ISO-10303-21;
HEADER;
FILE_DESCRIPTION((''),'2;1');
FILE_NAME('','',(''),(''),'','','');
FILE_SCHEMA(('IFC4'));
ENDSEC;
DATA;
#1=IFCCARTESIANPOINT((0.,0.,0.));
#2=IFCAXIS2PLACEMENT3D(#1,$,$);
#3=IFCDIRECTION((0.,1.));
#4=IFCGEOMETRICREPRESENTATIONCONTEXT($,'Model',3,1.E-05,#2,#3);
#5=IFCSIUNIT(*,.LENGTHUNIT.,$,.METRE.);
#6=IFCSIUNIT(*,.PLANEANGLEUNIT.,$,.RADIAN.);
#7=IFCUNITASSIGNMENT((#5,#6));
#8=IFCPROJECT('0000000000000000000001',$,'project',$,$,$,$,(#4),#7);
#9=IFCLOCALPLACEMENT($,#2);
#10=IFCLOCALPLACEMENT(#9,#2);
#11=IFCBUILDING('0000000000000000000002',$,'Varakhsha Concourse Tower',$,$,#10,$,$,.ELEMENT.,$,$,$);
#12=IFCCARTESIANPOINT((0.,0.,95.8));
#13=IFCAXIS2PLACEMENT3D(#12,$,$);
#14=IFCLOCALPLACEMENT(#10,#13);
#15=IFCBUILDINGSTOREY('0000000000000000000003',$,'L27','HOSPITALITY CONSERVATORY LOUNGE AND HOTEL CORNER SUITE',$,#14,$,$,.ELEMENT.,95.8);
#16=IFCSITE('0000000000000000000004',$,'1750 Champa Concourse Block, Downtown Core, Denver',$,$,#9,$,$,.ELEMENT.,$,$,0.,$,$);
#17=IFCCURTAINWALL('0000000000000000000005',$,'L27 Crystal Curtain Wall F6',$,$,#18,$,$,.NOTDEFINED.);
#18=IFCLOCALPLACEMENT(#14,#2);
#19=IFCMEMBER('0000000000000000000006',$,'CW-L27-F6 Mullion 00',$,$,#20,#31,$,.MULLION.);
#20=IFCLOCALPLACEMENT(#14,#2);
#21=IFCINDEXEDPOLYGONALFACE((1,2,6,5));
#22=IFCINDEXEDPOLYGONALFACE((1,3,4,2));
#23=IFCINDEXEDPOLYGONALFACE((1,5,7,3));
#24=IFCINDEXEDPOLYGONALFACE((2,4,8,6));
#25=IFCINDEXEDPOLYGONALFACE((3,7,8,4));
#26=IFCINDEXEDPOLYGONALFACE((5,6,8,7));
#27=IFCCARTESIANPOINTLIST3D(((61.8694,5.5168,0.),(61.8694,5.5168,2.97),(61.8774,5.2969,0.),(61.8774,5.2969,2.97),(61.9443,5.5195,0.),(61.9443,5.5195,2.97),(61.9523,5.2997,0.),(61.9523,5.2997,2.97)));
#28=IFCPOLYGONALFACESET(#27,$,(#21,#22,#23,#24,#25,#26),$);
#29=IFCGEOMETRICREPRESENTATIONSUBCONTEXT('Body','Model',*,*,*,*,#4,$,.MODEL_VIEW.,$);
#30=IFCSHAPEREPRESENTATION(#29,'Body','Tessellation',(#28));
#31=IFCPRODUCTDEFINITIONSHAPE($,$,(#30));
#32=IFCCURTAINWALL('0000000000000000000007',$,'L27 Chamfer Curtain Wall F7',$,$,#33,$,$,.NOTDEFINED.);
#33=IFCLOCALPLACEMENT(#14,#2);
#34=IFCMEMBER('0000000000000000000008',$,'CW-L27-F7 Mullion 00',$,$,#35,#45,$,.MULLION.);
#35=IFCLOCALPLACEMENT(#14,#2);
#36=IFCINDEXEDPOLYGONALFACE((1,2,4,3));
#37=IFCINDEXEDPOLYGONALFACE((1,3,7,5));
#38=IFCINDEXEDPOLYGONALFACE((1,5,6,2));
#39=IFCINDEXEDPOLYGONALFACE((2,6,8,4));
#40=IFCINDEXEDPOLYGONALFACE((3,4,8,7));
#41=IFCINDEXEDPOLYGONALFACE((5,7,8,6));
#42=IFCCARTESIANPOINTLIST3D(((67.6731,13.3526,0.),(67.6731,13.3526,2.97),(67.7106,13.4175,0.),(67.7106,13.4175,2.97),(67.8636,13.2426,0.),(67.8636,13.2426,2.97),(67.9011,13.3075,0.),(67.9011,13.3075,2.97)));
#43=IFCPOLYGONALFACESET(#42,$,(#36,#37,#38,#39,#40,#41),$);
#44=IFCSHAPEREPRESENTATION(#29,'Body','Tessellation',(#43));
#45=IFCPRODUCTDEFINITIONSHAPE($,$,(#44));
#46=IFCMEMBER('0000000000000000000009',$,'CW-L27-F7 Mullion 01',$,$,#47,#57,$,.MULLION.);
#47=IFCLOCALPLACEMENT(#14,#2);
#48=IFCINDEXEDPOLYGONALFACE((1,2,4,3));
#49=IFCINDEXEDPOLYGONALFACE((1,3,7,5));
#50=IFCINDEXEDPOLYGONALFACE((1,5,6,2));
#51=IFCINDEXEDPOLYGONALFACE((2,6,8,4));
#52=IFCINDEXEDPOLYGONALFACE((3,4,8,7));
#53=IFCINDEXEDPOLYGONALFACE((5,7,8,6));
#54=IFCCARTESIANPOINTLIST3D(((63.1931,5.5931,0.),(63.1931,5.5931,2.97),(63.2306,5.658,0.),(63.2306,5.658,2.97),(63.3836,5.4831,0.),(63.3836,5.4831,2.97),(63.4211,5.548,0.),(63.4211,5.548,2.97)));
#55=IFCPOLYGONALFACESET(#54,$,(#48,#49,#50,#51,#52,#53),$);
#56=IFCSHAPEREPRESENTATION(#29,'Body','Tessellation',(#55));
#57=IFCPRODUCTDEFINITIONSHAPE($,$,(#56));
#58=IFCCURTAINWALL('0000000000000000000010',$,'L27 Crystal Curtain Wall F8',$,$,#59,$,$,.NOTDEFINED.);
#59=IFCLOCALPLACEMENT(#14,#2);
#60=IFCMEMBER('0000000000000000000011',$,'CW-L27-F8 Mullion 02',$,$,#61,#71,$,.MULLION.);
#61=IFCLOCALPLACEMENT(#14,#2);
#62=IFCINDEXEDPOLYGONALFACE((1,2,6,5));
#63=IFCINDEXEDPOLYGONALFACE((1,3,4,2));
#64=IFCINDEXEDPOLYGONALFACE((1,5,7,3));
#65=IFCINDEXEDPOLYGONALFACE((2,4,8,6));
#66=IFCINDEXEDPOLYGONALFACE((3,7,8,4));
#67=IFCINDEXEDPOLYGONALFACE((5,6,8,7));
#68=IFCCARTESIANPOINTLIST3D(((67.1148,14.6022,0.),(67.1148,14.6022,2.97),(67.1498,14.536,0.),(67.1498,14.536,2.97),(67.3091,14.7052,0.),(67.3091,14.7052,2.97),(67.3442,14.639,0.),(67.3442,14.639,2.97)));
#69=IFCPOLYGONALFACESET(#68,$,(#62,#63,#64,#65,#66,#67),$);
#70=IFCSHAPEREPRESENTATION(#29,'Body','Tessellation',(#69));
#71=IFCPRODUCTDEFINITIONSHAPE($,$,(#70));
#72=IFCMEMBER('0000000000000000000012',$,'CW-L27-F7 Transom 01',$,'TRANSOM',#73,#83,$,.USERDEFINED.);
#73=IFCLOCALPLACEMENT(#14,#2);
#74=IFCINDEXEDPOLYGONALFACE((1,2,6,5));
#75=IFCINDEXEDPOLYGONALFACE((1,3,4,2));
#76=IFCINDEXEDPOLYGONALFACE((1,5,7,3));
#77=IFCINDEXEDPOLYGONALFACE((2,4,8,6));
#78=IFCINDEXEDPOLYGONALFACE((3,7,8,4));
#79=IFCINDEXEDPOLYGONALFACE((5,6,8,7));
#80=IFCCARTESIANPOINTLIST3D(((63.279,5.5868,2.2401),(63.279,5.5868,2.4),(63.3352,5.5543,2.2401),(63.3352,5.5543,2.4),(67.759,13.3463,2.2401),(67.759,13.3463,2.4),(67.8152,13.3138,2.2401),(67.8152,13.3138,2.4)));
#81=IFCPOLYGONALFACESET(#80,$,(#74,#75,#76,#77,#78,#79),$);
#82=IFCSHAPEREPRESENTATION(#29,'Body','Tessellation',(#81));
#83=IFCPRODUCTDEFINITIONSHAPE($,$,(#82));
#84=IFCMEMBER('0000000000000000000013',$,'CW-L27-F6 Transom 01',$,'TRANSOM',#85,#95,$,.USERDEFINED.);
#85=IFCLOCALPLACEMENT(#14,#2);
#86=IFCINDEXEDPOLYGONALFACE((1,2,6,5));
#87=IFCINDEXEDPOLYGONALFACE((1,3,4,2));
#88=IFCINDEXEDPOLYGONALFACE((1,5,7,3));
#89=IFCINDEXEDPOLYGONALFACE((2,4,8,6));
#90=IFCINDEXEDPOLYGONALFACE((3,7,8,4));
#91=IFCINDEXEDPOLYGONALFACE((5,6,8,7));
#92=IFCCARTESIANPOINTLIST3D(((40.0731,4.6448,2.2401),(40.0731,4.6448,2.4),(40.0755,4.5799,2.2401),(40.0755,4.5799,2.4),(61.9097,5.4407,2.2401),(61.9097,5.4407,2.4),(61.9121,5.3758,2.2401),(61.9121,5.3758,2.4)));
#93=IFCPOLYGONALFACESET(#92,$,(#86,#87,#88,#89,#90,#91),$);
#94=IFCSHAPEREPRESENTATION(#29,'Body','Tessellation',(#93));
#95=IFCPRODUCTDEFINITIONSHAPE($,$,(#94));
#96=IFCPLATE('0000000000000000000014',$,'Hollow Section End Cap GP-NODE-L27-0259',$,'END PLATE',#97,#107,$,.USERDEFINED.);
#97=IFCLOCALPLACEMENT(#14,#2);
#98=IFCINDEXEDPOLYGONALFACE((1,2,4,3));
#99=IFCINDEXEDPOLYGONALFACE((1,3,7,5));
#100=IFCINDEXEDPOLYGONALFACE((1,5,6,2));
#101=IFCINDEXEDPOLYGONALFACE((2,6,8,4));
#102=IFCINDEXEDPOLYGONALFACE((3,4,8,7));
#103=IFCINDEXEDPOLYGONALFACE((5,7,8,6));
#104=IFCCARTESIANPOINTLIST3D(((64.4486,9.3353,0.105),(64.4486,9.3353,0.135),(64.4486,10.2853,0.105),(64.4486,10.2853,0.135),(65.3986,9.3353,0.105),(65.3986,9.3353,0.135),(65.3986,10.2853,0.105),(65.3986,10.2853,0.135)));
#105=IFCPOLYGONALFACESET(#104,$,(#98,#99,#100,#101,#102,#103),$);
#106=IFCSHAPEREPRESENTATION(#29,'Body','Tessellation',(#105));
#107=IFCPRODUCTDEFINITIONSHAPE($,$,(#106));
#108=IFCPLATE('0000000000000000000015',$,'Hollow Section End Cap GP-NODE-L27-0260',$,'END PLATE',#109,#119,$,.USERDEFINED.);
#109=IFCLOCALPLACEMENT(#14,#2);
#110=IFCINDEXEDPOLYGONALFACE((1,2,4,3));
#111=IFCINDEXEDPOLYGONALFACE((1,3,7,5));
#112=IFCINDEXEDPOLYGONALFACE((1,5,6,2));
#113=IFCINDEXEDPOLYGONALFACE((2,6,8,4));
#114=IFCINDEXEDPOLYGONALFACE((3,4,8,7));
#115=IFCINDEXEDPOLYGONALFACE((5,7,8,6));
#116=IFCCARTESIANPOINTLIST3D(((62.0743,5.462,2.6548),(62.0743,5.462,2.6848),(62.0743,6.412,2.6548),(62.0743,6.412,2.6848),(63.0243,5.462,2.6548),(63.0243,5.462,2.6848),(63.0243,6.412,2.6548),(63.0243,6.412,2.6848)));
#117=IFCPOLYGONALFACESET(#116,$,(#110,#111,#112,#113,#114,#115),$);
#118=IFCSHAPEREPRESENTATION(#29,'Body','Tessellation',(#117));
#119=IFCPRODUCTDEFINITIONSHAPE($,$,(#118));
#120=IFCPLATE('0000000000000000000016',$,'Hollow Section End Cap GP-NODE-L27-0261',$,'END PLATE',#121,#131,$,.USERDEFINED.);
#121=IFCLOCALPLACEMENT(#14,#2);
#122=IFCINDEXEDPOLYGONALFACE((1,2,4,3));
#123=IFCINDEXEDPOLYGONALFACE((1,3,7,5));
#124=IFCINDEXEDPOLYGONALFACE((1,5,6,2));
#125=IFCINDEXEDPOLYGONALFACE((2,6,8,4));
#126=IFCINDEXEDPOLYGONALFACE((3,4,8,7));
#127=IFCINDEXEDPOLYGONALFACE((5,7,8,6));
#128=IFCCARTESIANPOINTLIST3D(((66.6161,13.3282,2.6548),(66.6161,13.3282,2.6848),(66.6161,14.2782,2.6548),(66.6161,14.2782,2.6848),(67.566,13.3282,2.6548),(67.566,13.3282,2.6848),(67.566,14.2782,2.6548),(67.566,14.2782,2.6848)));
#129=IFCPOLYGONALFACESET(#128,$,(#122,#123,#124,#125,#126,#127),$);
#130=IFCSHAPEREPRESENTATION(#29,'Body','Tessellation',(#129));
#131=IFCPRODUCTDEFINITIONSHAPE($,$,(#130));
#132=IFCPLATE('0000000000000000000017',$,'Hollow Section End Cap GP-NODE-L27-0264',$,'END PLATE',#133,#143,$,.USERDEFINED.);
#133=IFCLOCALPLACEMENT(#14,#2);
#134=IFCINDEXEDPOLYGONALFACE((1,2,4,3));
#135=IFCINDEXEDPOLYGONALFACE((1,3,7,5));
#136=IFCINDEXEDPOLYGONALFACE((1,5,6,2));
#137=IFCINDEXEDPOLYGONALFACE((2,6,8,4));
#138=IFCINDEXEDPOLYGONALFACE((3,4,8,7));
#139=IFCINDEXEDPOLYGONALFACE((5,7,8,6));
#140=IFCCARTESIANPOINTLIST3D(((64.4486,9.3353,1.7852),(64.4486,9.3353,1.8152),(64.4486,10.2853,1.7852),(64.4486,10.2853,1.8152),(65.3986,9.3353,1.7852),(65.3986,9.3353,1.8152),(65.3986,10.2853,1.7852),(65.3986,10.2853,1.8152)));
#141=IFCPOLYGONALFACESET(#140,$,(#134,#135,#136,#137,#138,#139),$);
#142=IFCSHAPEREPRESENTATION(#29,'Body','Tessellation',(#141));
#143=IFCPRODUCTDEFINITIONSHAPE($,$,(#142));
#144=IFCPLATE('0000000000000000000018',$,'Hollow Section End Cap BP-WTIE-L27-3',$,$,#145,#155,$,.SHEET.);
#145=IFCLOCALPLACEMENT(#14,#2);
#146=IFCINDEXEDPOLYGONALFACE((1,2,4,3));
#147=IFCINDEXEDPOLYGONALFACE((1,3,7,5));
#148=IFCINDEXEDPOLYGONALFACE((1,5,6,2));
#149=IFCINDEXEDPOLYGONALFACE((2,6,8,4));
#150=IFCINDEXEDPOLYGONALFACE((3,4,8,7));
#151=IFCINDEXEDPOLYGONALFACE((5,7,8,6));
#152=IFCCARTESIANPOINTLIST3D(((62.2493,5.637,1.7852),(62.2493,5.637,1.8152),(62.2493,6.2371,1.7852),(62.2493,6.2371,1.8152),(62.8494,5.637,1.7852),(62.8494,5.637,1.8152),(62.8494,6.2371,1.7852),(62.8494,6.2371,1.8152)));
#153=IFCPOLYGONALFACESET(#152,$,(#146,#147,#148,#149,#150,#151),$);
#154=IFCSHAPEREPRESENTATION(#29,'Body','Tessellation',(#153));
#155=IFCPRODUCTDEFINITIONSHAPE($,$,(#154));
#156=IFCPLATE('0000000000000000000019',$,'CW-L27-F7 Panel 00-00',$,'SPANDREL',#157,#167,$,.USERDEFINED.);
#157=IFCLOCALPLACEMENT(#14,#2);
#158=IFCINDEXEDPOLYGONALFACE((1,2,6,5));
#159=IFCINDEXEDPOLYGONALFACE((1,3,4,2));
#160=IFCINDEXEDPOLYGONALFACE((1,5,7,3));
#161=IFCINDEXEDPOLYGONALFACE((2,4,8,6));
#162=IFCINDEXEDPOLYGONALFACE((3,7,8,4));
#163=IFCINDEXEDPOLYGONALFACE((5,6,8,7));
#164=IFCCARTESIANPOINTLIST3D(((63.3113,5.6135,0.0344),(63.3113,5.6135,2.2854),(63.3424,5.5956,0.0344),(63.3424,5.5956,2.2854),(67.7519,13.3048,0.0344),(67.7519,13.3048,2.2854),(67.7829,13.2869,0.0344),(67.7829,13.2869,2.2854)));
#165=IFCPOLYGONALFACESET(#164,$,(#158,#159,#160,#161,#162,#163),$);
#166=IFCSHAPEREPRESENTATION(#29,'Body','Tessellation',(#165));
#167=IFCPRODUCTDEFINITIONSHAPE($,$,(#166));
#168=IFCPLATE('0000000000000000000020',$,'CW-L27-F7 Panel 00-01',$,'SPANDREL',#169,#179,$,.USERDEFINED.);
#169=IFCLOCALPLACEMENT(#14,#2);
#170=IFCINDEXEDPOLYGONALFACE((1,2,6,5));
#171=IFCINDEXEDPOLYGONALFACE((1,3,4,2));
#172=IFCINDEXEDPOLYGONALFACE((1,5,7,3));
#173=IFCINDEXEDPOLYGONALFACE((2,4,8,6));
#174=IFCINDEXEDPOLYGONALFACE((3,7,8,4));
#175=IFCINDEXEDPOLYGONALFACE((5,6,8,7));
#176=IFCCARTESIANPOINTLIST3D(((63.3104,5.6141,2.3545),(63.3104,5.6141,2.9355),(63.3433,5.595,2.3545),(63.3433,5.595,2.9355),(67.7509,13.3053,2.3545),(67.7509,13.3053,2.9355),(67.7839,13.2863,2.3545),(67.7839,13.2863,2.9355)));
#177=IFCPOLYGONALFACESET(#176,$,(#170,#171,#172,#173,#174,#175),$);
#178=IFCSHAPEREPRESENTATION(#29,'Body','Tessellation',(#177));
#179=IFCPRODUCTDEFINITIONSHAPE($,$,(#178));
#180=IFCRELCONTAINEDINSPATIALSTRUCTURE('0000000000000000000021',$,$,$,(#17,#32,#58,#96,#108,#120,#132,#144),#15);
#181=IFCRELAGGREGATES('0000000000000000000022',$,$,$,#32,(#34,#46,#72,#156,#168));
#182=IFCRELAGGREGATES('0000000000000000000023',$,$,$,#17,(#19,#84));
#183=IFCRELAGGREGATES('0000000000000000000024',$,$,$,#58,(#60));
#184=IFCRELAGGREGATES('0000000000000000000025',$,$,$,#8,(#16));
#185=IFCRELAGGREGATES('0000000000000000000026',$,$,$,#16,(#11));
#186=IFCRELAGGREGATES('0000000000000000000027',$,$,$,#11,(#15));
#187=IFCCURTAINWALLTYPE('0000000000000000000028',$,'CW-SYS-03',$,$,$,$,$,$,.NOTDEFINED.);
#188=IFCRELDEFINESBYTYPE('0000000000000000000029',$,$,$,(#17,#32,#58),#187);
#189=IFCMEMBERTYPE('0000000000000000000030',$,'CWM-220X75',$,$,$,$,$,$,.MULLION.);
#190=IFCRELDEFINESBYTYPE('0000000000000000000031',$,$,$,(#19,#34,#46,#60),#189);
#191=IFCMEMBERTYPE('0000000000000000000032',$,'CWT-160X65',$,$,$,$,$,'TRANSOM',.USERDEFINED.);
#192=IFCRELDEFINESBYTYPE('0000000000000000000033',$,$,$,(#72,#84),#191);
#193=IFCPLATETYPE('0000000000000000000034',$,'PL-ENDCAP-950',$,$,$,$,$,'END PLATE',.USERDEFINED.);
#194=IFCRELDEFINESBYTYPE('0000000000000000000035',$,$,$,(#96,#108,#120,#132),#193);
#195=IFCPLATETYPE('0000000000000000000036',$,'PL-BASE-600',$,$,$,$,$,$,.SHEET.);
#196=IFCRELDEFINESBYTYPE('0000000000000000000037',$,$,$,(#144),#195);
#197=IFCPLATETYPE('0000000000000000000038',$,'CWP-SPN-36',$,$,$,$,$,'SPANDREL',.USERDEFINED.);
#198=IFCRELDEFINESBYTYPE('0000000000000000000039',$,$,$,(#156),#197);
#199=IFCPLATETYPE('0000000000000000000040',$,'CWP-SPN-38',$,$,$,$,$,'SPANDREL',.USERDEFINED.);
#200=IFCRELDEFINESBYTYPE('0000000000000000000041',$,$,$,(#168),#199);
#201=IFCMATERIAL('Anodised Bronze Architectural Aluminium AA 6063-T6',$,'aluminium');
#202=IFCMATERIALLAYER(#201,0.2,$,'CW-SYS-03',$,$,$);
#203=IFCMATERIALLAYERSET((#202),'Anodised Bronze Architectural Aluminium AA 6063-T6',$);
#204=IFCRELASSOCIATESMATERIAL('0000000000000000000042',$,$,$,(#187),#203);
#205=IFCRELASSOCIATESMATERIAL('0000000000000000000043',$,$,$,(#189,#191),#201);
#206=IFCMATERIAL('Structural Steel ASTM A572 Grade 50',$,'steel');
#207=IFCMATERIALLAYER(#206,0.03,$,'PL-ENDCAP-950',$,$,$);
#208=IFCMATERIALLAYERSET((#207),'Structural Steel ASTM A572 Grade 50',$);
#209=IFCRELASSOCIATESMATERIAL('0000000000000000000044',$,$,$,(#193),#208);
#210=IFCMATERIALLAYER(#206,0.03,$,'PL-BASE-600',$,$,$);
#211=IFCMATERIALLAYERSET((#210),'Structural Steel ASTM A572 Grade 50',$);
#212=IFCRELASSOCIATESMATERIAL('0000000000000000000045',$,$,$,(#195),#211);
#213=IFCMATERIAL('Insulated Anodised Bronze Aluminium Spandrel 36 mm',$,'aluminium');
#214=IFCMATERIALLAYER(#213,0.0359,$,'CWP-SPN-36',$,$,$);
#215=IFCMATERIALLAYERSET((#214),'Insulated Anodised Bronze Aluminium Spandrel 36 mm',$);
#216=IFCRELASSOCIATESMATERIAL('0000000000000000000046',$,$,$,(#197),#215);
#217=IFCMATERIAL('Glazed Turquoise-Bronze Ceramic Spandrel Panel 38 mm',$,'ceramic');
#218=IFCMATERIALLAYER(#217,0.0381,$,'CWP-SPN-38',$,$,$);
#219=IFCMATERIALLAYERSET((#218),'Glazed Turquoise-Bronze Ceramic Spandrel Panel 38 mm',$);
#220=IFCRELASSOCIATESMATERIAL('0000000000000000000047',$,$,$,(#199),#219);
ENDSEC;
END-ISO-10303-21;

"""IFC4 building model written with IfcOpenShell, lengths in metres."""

from ifc_helpers import new_model, si_unit, direction, frame, origin, origin_2d, place, context, subcontext, project, spatial, rectangle, extrude, source, transform, mapped, material, layer, layer_set, material_profile, profile_set, type_object, type_shapes, element, aggregate, save


model = new_model("IFC4")

# Units and contexts
model_context = context("Model", 3, precision=1e-05, world=origin(), true_north=direction((0.0, 1.0)))
body_context = subcontext(model_context, "Body", "Model", "MODEL_VIEW")
ifc_project = project(units=[si_unit("LENGTHUNIT", "METRE"), si_unit("PLANEANGLEUNIT", "RADIAN")], contexts=[model_context])

# Site, building, storey
site_placement = place(None, origin())
site = spatial("IfcSite", under=ifc_project, at=site_placement, Name="1750 Champa Concourse Block, Downtown Core, Denver", CompositionType="ELEMENT", RefElevation=0.0)
building_placement = place(site_placement, origin())
building = spatial("IfcBuilding", under=site, at=building_placement, Name="Varakhsha Concourse Tower", CompositionType="ELEMENT")
storey_placement = place(building_placement, frame((0.0, 0.0, 95.8)))
storey = spatial("IfcBuildingStorey", under=building, at=storey_placement, Name="L27", Description="HOSPITALITY CONSERVATORY LOUNGE AND HOTEL CORNER SUITE", CompositionType="ELEMENT", Elevation=95.8)

# Shared definitions
ifc_material_1 = material(Name="Structural Steel ASTM A572 Grade 50", Category="steel")

# Curtain wall, member
ifc_material_2 = material(Name="Anodised Bronze Architectural Aluminium AA 6063-T6", Category="aluminium")
ifc_layer_1 = layer(ifc_material_2, 0.2, Name="CW-SYS-03")
ifc_layer_set_1 = layer_set([ifc_layer_1], Name="Anodised Bronze Architectural Aluminium AA 6063-T6")
curtain_wall_type = type_object("IfcCurtainWallType", Name="CW-SYS-03", PredefinedType="NOTDEFINED", material=ifc_layer_set_1)
curtain_wall_1_placement = place(storey_placement, origin())
curtain_wall_1 = element("IfcCurtainWall", 1, at=curtain_wall_1_placement, inside=storey, type_object=curtain_wall_type, Name="L27 Crystal Curtain Wall F6", PredefinedType="NOTDEFINED")
ifc_material_profile_1 = material_profile(ifc_material_2, rectangle(XDim=0.075, YDim=0.22, at=origin_2d()), Name="CWM-220X75")
ifc_profile_set_1 = profile_set([ifc_material_profile_1], Name="Anodised Bronze Architectural Aluminium AA 6063-T6")
member_type_1 = type_object("IfcMemberType", Name="CWM-220X75", PredefinedType="MULLION", material=ifc_profile_set_1)
shared_shape_1 = source(origin(), body_context, "Body", "SweptSolid", [
    extrude(rectangle(XDim=0.075, YDim=0.22, at=origin_2d()), origin(), (0.0, 0.0, 1.0), 2.97),
])
type_shapes(member_type_1, [shared_shape_1])
member_1_placement = place(storey_placement, frame((61.9109, 5.4082, 0.0), z_axis=(0.0, 0.0, 1.0), x_axis=(-0.999336, -0.036424, 0.0)))
member_1 = element("IfcMember", 2, at=member_1_placement, type_object=member_type_1, Name="CW-L27-F6 Mullion 00", PredefinedType="MULLION", context=body_context, shape_type="MappedRepresentation", body=[
    mapped(shared_shape_1, transform((0.0, 0.0, 0.0), scale=1.0)),
])

# Curtain wall, members
curtain_wall_2_placement = place(storey_placement, origin())
curtain_wall_2 = element("IfcCurtainWall", 3, at=curtain_wall_2_placement, inside=storey, type_object=curtain_wall_type, Name="L27 Chamfer Curtain Wall F7", PredefinedType="NOTDEFINED")
member_2_placement = place(storey_placement, frame((67.7871, 13.3301, 0.0), z_axis=(0.0, 0.0, 1.0), x_axis=(-0.5, -0.866025, 0.0)))
member_2 = element("IfcMember", 4, at=member_2_placement, type_object=member_type_1, Name="CW-L27-F7 Mullion 00", PredefinedType="MULLION", context=body_context, shape_type="MappedRepresentation", body=[
    mapped(shared_shape_1, transform((0.0, 0.0, 0.0), scale=1.0)),
])
member_3_placement = place(storey_placement, frame((63.3071, 5.5706, 0.0), z_axis=(0.0, 0.0, 1.0), x_axis=(-0.5, -0.866025, 0.0)))
member_3 = element("IfcMember", 5, at=member_3_placement, type_object=member_type_1, Name="CW-L27-F7 Mullion 01", PredefinedType="MULLION", context=body_context, shape_type="MappedRepresentation", body=[
    mapped(shared_shape_1, transform((0.0, 0.0, 0.0), scale=1.0)),
])

# Curtain wall, member
curtain_wall_3_placement = place(storey_placement, origin())
curtain_wall_3 = element("IfcCurtainWall", 6, at=curtain_wall_3_placement, inside=storey, type_object=curtain_wall_type, Name="L27 Crystal Curtain Wall F8", PredefinedType="NOTDEFINED")
member_4_placement = place(storey_placement, frame((67.2295, 14.6206, 0.0), z_axis=(0.0, 0.0, 1.0), x_axis=(0.468124, -0.883663, 0.0)))
member_4 = element("IfcMember", 7, at=member_4_placement, type_object=member_type_1, Name="CW-L27-F8 Mullion 02", PredefinedType="MULLION", context=body_context, shape_type="MappedRepresentation", body=[
    mapped(shared_shape_1, transform((0.0, 0.0, 0.0), scale=1.0)),
])

# Members
ifc_material_profile_2 = material_profile(ifc_material_2, rectangle(XDim=0.0649, YDim=0.1599, at=origin_2d()), Name="CWT-160X65")
ifc_profile_set_2 = profile_set([ifc_material_profile_2], Name="Anodised Bronze Architectural Aluminium AA 6063-T6")
member_type_2 = type_object("IfcMemberType", Name="CWT-160X65", ElementType="TRANSOM", PredefinedType="USERDEFINED", material=ifc_profile_set_2)
shared_shape_2 = source(origin(), body_context, "Body", "SweptSolid", [
    extrude(rectangle(XDim=0.0649, YDim=0.1599, at=origin_2d()), origin(), (0.0, 0.0, 1.0), 8.96),
])
member_5_placement = place(storey_placement, frame((67.7871, 13.3301, 2.3201), z_axis=(-0.500002, -0.866025, 0.0), x_axis=(0.866025, -0.500002, 0.0)))
member_5 = element("IfcMember", 8, at=member_5_placement, type_object=member_type_2, Name="CW-L27-F7 Transom 01", ObjectType="TRANSOM", PredefinedType="USERDEFINED", context=body_context, shape_type="MappedRepresentation", body=[
    mapped(shared_shape_2, transform((0.0, 0.0, 0.0), scale=1.0)),
])
shared_shape_3 = source(origin(), body_context, "Body", "SweptSolid", [
    extrude(rectangle(XDim=0.0649, YDim=0.1599, at=origin_2d()), origin(), (0.0, 0.0, 1.0), 21.8511),
])
type_shapes(member_type_2, [shared_shape_2, shared_shape_3])
member_6_placement = place(storey_placement, frame((61.9109, 5.4082, 2.3201), z_axis=(-0.999336, -0.036424, 0.0), x_axis=(0.036424, -0.999336, 0.0)))
member_6 = element("IfcMember", 9, at=member_6_placement, type_object=member_type_2, Name="CW-L27-F6 Transom 01", ObjectType="TRANSOM", PredefinedType="USERDEFINED", context=body_context, shape_type="MappedRepresentation", body=[
    mapped(shared_shape_3, transform((0.0, 0.0, 0.0), scale=1.0)),
])

# Plates
ifc_layer_2 = layer(ifc_material_1, 0.03, Name="PL-ENDCAP-950")
ifc_layer_set_2 = layer_set([ifc_layer_2], Name="Structural Steel ASTM A572 Grade 50")
plate_type_1 = type_object("IfcPlateType", Name="PL-ENDCAP-950", ElementType="END PLATE", PredefinedType="USERDEFINED", material=ifc_layer_set_2)
shared_shape_4 = source(origin(), body_context, "Body", "SweptSolid", [
    extrude(rectangle(XDim=0.95, YDim=0.95, at=origin_2d()), origin(), (0.0, 0.0, 1.0), 0.03),
])
type_shapes(plate_type_1, [shared_shape_4])
for number, where, z_axis, x_axis, name in (
    (10, (64.9236, 9.8103, 0.105), (0.0, 0.0, 1.0), (1.0, 0.0, 0.0), "Hollow Section End Cap GP-NODE-L27-0259"),
    (11, (62.5493, 5.937, 2.6548), (0.0, 0.0, 1.0), (1.0, 0.0, 0.0), "Hollow Section End Cap GP-NODE-L27-0260"),
    (12, (67.0911, 13.8032, 2.6548), (0.0, 0.0, 1.0), (1.0, 0.0, 0.0), "Hollow Section End Cap GP-NODE-L27-0261"),
    (13, (64.9236, 9.8103, 1.7852), (0.0, 0.0, 1.0), (1.0, 0.0, 0.0), "Hollow Section End Cap GP-NODE-L27-0264"),
):
    element("IfcPlate", number, at=place(storey_placement, frame(where, z_axis=z_axis, x_axis=x_axis)), inside=storey, type_object=plate_type_1, Name=name, ObjectType="END PLATE", PredefinedType="USERDEFINED", context=body_context, shape_type="MappedRepresentation", body=[
        mapped(shared_shape_4, transform((0.0, 0.0, 0.0), scale=1.0)),
    ])
ifc_layer_3 = layer(ifc_material_1, 0.03, Name="PL-BASE-600")
ifc_layer_set_3 = layer_set([ifc_layer_3], Name="Structural Steel ASTM A572 Grade 50")
plate_type_2 = type_object("IfcPlateType", Name="PL-BASE-600", PredefinedType="SHEET", material=ifc_layer_set_3)
shared_shape_5 = source(origin(), body_context, "Body", "SweptSolid", [
    extrude(rectangle(XDim=0.6001, YDim=0.6001, at=origin_2d()), origin(), (0.0, 0.0, 1.0), 0.03),
])
type_shapes(plate_type_2, [shared_shape_5])
plate_1_placement = place(storey_placement, frame((62.5493, 5.937, 1.7852), z_axis=(0.0, 0.0, 1.0), x_axis=(1.0, 0.0, 0.0)))
element("IfcPlate", 14, at=plate_1_placement, inside=storey, type_object=plate_type_2, Name="Hollow Section End Cap BP-WTIE-L27-3", PredefinedType="SHEET", context=body_context, shape_type="MappedRepresentation", body=[
    mapped(shared_shape_5, transform((0.0, 0.0, 0.0), scale=1.0)),
])

# Plates
ifc_material_3 = material(Name="Insulated Anodised Bronze Aluminium Spandrel 36 mm", Category="aluminium")
ifc_layer_4 = layer(ifc_material_3, 0.0359, Name="CWP-SPN-36")
ifc_layer_set_4 = layer_set([ifc_layer_4], Name="Insulated Anodised Bronze Aluminium Spandrel 36 mm")
plate_type_3 = type_object("IfcPlateType", Name="CWP-SPN-36", ElementType="SPANDREL", PredefinedType="USERDEFINED", material=ifc_layer_set_4)
shared_shape_6 = source(origin(), body_context, "Body", "SweptSolid", [
    extrude(rectangle(XDim=8.8811, YDim=0.0359, at=origin_2d()), origin(), (0.0, 0.0, 1.0), 2.251),
])
type_shapes(plate_type_3, [shared_shape_6])
plate_2_placement = place(storey_placement, frame((65.5471, 9.4502, 0.0344), z_axis=(0.0, 0.0, 1.0), x_axis=(-0.5, -0.866025, 0.0)))
plate_2 = element("IfcPlate", 15, at=plate_2_placement, type_object=plate_type_3, Name="CW-L27-F7 Panel 00-00", ObjectType="SPANDREL", PredefinedType="USERDEFINED", context=body_context, shape_type="MappedRepresentation", body=[
    mapped(shared_shape_6, transform((0.0, 0.0, 0.0), scale=1.0)),
])
ifc_material_4 = material(Name="Glazed Turquoise-Bronze Ceramic Spandrel Panel 38 mm", Category="ceramic")
ifc_layer_5 = layer(ifc_material_4, 0.0381, Name="CWP-SPN-38")
ifc_layer_set_5 = layer_set([ifc_layer_5], Name="Glazed Turquoise-Bronze Ceramic Spandrel Panel 38 mm")
plate_type_4 = type_object("IfcPlateType", Name="CWP-SPN-38", ElementType="SPANDREL", PredefinedType="USERDEFINED", material=ifc_layer_set_5)
shared_shape_7 = source(origin(), body_context, "Body", "SweptSolid", [
    extrude(rectangle(XDim=8.8811, YDim=0.0381, at=origin_2d()), origin(), (0.0, 0.0, 1.0), 0.5811),
])
plate_3_placement = place(storey_placement, frame((65.5471, 9.4502, 2.3545), z_axis=(0.0, 0.0, 1.0), x_axis=(-0.5, -0.866025, 0.0)))
plate_3 = element("IfcPlate", 16, at=plate_3_placement, type_object=plate_type_4, Name="CW-L27-F7 Panel 00-01", ObjectType="SPANDREL", PredefinedType="USERDEFINED", context=body_context, shape_type="MappedRepresentation", body=[
    mapped(shared_shape_7, transform((0.0, 0.0, 0.0), scale=1.0)),
])
aggregate(curtain_wall_2, [member_2, member_3, member_5, plate_2, plate_3])
aggregate(curtain_wall_1, [member_1, member_6])
aggregate(curtain_wall_3, [member_4])

save(model, "model.ifc")
